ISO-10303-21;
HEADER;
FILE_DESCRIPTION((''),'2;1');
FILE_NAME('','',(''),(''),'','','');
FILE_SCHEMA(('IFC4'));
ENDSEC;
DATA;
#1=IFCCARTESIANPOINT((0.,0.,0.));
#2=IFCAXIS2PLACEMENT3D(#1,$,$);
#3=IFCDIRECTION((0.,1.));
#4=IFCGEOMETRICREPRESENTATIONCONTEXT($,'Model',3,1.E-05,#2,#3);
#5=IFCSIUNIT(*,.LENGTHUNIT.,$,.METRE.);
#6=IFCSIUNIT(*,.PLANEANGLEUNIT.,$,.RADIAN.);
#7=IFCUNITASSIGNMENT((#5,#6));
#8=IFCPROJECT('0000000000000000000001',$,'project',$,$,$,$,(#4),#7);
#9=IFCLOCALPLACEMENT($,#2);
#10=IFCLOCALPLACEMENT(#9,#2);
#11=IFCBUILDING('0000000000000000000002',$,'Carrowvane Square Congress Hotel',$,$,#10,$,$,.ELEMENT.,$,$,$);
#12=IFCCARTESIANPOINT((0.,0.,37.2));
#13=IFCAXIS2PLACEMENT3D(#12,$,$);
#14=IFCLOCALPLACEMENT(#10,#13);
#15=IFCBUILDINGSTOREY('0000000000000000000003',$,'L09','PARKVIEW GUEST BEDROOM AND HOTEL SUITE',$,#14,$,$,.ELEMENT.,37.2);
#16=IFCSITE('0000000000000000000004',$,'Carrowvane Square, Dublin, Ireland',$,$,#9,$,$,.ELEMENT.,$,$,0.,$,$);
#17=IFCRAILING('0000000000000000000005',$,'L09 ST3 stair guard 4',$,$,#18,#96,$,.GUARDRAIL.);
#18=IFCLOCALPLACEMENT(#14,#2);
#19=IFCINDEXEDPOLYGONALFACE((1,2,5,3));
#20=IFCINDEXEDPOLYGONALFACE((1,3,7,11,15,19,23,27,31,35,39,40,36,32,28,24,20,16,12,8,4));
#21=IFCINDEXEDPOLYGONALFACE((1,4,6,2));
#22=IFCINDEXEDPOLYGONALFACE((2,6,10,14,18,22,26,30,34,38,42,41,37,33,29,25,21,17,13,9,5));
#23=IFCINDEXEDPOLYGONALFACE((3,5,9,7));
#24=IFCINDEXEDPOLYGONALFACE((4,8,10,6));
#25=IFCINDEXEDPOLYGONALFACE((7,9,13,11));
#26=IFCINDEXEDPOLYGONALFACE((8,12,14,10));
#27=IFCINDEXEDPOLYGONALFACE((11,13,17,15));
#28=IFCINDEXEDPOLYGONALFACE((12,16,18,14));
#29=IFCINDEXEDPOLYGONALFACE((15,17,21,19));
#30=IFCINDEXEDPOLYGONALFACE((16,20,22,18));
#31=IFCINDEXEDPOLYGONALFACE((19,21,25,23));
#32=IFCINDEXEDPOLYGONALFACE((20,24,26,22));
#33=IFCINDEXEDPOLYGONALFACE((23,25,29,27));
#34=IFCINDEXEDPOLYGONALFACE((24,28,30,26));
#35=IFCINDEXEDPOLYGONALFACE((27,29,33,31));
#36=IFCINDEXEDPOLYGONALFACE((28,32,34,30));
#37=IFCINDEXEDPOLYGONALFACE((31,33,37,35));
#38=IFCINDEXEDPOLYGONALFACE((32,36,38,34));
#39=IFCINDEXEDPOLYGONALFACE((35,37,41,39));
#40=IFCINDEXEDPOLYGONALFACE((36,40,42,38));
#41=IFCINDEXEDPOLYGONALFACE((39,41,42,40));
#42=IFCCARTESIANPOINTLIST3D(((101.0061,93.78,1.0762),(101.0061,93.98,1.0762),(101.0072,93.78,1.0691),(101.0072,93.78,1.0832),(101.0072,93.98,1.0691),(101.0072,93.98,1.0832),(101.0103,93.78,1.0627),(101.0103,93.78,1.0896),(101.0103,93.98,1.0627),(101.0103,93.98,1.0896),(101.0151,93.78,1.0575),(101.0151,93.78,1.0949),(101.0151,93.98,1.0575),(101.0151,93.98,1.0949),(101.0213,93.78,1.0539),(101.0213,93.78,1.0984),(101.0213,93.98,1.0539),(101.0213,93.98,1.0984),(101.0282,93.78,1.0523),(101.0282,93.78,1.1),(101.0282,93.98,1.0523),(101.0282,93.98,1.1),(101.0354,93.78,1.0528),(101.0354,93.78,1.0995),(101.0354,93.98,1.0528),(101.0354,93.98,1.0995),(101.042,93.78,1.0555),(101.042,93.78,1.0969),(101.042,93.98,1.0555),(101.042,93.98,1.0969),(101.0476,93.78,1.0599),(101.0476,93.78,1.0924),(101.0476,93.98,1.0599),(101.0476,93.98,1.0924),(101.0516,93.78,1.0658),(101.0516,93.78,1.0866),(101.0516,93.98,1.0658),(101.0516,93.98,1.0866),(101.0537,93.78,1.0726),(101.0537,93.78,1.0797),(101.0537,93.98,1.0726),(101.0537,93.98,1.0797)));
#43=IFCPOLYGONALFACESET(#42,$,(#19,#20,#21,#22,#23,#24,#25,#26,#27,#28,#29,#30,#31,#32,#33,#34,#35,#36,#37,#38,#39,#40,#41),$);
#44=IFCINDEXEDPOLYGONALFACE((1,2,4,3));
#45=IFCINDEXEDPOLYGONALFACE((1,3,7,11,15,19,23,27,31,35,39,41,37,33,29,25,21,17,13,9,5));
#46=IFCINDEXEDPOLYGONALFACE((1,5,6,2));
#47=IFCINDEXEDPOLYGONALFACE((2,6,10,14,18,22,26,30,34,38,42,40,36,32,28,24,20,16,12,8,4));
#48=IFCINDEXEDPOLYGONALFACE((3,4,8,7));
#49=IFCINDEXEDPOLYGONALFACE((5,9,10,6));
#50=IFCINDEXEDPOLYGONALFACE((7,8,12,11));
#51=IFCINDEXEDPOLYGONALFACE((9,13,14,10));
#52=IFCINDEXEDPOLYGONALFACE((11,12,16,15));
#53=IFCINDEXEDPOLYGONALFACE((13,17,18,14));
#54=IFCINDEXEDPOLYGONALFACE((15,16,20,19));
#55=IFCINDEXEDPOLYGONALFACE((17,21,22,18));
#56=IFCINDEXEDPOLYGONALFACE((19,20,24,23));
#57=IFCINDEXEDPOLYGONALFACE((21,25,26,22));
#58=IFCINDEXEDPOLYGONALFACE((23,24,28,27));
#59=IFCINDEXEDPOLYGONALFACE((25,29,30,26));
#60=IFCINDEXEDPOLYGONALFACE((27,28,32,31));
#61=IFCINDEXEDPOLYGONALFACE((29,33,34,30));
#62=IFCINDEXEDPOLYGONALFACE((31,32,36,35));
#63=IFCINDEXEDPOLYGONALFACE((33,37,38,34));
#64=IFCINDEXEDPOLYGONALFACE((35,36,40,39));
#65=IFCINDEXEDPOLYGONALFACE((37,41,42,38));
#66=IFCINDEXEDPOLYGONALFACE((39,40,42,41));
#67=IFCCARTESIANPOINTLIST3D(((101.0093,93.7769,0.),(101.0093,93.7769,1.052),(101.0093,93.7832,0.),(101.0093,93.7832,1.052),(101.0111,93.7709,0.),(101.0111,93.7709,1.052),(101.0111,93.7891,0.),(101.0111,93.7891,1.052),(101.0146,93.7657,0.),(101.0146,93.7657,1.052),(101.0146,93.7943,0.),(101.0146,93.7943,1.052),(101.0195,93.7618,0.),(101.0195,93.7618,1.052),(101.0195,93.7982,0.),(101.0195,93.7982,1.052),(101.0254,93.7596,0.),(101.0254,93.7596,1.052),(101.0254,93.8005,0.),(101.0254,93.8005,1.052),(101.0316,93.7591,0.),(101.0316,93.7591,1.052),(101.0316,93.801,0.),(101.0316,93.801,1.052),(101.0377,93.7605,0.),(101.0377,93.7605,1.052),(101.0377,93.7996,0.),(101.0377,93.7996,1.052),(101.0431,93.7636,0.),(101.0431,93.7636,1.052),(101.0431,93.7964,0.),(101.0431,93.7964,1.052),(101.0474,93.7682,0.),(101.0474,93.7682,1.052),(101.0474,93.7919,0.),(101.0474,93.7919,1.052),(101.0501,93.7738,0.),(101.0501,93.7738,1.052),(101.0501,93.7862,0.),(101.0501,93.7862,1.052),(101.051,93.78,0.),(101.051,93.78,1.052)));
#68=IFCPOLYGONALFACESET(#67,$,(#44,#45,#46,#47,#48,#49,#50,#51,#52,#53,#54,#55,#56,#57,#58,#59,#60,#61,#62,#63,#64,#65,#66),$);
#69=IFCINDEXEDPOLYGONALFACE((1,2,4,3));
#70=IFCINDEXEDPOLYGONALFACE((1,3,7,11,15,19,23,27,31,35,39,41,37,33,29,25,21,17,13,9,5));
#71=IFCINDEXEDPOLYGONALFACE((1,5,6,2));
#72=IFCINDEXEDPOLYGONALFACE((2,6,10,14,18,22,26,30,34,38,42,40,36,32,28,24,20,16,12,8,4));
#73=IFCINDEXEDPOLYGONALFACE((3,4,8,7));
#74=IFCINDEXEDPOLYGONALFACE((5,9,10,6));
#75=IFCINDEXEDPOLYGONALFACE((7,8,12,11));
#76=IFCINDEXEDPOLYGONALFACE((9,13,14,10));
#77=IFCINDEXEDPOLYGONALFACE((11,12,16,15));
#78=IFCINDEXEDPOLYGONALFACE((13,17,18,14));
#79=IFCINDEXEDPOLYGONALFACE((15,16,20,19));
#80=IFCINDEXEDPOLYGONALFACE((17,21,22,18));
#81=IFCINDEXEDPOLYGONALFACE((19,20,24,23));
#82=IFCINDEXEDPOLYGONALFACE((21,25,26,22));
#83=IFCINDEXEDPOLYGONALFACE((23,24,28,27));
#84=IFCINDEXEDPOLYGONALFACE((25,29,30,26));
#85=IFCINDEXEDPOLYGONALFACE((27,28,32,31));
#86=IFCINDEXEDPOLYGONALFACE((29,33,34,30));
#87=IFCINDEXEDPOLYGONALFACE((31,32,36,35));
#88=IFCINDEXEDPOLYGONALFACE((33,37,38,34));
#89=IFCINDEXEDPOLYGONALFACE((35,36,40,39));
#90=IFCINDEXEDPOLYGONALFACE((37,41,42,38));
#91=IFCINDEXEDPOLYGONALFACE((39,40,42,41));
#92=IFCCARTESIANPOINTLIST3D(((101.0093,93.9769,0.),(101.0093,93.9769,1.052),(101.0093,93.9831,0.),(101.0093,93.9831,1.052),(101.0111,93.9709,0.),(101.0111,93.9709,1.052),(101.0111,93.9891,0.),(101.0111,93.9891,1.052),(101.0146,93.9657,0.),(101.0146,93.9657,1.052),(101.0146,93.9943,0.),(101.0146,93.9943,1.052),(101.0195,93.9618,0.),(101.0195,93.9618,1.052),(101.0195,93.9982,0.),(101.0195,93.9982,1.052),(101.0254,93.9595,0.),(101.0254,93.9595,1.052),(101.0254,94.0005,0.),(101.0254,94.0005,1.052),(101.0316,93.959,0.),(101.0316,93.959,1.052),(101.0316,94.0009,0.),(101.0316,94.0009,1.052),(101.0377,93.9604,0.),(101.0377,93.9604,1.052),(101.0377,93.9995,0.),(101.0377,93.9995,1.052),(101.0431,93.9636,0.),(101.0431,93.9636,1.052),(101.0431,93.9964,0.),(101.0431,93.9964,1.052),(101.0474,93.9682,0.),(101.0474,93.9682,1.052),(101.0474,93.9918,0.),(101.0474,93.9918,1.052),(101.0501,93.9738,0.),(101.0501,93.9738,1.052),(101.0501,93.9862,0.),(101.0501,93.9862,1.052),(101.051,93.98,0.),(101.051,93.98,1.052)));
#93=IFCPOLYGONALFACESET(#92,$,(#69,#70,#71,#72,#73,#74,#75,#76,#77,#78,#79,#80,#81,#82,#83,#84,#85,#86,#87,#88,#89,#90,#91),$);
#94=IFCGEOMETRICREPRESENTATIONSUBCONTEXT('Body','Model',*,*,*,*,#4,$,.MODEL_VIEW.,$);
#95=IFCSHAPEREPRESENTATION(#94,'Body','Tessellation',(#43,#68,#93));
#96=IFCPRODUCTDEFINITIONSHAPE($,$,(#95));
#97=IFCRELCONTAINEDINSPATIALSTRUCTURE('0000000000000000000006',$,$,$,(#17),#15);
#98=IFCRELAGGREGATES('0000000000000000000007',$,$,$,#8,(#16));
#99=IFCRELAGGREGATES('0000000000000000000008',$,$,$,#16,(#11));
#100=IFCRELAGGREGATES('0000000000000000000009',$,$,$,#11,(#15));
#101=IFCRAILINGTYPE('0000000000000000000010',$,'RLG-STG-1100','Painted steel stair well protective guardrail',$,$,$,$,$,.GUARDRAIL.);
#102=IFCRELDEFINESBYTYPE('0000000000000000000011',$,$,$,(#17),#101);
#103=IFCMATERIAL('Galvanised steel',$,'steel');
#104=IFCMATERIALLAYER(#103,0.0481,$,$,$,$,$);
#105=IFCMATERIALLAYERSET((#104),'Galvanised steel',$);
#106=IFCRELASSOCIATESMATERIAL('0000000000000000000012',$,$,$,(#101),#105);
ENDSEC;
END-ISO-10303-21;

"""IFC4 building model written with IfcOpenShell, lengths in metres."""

from ifc_helpers import new_model, si_unit, direction, frame, origin, origin_2d, place, context, subcontext, project, spatial, circle, extrude, material, layer, layer_set, type_object, element, save


model = new_model("IFC4")

# Units and contexts
model_context = context("Model", 3, precision=1e-05, world=origin(), true_north=direction((0.0, 1.0)))
body_context = subcontext(model_context, "Body", "Model", "MODEL_VIEW")
ifc_project = project(units=[si_unit("LENGTHUNIT", "METRE"), si_unit("PLANEANGLEUNIT", "RADIAN")], contexts=[model_context])

# Site, building, storey
site_placement = place(None, origin())
site = spatial("IfcSite", under=ifc_project, at=site_placement, Name="Carrowvane Square, Dublin, Ireland", CompositionType="ELEMENT", RefElevation=0.0)
building_placement = place(site_placement, origin())
building = spatial("IfcBuilding", under=site, at=building_placement, Name="Carrowvane Square Congress Hotel", CompositionType="ELEMENT")
storey_placement = place(building_placement, frame((0.0, 0.0, 37.2)))
storey = spatial("IfcBuildingStorey", under=building, at=storey_placement, Name="L09", Description="PARKVIEW GUEST BEDROOM AND HOTEL SUITE", CompositionType="ELEMENT", Elevation=37.2)

# Railing
ifc_material_1 = material(Name="Galvanised steel", Category="steel")
ifc_layer_1 = layer(ifc_material_1, 0.0481)
ifc_layer_set_1 = layer_set([ifc_layer_1], Name="Galvanised steel")
railing_type_1 = type_object("IfcRailingType", Name="RLG-STG-1100", Description="Painted steel stair well protective guardrail", PredefinedType="GUARDRAIL", material=ifc_layer_set_1)
railing_1_placement = place(storey_placement, frame((101.03, 93.78, 0.0)))
element("IfcRailing", 1, at=railing_1_placement, inside=storey, type_object=railing_type_1, Name="L09 ST3 stair guard 4", PredefinedType="GUARDRAIL", context=body_context, shape_type="SweptSolid", body=[
    extrude(circle(Radius=0.0239, at=origin_2d()), frame((0.0, 0.0, 1.0762), z_axis=(0.0, 1.0, 0.0), x_axis=(-1.0, 0.0, 0.0)), (0.0, 0.0, 1.0), 0.2),
    extrude(circle(Radius=0.021, at=origin_2d()), origin(), (0.0, 0.0, 1.0), 1.052),
    extrude(circle(Radius=0.021, at=origin_2d()), frame((0.0, 0.2, 0.0)), (0.0, 0.0, 1.0), 1.052),
])

save(model, "model.ifc")
